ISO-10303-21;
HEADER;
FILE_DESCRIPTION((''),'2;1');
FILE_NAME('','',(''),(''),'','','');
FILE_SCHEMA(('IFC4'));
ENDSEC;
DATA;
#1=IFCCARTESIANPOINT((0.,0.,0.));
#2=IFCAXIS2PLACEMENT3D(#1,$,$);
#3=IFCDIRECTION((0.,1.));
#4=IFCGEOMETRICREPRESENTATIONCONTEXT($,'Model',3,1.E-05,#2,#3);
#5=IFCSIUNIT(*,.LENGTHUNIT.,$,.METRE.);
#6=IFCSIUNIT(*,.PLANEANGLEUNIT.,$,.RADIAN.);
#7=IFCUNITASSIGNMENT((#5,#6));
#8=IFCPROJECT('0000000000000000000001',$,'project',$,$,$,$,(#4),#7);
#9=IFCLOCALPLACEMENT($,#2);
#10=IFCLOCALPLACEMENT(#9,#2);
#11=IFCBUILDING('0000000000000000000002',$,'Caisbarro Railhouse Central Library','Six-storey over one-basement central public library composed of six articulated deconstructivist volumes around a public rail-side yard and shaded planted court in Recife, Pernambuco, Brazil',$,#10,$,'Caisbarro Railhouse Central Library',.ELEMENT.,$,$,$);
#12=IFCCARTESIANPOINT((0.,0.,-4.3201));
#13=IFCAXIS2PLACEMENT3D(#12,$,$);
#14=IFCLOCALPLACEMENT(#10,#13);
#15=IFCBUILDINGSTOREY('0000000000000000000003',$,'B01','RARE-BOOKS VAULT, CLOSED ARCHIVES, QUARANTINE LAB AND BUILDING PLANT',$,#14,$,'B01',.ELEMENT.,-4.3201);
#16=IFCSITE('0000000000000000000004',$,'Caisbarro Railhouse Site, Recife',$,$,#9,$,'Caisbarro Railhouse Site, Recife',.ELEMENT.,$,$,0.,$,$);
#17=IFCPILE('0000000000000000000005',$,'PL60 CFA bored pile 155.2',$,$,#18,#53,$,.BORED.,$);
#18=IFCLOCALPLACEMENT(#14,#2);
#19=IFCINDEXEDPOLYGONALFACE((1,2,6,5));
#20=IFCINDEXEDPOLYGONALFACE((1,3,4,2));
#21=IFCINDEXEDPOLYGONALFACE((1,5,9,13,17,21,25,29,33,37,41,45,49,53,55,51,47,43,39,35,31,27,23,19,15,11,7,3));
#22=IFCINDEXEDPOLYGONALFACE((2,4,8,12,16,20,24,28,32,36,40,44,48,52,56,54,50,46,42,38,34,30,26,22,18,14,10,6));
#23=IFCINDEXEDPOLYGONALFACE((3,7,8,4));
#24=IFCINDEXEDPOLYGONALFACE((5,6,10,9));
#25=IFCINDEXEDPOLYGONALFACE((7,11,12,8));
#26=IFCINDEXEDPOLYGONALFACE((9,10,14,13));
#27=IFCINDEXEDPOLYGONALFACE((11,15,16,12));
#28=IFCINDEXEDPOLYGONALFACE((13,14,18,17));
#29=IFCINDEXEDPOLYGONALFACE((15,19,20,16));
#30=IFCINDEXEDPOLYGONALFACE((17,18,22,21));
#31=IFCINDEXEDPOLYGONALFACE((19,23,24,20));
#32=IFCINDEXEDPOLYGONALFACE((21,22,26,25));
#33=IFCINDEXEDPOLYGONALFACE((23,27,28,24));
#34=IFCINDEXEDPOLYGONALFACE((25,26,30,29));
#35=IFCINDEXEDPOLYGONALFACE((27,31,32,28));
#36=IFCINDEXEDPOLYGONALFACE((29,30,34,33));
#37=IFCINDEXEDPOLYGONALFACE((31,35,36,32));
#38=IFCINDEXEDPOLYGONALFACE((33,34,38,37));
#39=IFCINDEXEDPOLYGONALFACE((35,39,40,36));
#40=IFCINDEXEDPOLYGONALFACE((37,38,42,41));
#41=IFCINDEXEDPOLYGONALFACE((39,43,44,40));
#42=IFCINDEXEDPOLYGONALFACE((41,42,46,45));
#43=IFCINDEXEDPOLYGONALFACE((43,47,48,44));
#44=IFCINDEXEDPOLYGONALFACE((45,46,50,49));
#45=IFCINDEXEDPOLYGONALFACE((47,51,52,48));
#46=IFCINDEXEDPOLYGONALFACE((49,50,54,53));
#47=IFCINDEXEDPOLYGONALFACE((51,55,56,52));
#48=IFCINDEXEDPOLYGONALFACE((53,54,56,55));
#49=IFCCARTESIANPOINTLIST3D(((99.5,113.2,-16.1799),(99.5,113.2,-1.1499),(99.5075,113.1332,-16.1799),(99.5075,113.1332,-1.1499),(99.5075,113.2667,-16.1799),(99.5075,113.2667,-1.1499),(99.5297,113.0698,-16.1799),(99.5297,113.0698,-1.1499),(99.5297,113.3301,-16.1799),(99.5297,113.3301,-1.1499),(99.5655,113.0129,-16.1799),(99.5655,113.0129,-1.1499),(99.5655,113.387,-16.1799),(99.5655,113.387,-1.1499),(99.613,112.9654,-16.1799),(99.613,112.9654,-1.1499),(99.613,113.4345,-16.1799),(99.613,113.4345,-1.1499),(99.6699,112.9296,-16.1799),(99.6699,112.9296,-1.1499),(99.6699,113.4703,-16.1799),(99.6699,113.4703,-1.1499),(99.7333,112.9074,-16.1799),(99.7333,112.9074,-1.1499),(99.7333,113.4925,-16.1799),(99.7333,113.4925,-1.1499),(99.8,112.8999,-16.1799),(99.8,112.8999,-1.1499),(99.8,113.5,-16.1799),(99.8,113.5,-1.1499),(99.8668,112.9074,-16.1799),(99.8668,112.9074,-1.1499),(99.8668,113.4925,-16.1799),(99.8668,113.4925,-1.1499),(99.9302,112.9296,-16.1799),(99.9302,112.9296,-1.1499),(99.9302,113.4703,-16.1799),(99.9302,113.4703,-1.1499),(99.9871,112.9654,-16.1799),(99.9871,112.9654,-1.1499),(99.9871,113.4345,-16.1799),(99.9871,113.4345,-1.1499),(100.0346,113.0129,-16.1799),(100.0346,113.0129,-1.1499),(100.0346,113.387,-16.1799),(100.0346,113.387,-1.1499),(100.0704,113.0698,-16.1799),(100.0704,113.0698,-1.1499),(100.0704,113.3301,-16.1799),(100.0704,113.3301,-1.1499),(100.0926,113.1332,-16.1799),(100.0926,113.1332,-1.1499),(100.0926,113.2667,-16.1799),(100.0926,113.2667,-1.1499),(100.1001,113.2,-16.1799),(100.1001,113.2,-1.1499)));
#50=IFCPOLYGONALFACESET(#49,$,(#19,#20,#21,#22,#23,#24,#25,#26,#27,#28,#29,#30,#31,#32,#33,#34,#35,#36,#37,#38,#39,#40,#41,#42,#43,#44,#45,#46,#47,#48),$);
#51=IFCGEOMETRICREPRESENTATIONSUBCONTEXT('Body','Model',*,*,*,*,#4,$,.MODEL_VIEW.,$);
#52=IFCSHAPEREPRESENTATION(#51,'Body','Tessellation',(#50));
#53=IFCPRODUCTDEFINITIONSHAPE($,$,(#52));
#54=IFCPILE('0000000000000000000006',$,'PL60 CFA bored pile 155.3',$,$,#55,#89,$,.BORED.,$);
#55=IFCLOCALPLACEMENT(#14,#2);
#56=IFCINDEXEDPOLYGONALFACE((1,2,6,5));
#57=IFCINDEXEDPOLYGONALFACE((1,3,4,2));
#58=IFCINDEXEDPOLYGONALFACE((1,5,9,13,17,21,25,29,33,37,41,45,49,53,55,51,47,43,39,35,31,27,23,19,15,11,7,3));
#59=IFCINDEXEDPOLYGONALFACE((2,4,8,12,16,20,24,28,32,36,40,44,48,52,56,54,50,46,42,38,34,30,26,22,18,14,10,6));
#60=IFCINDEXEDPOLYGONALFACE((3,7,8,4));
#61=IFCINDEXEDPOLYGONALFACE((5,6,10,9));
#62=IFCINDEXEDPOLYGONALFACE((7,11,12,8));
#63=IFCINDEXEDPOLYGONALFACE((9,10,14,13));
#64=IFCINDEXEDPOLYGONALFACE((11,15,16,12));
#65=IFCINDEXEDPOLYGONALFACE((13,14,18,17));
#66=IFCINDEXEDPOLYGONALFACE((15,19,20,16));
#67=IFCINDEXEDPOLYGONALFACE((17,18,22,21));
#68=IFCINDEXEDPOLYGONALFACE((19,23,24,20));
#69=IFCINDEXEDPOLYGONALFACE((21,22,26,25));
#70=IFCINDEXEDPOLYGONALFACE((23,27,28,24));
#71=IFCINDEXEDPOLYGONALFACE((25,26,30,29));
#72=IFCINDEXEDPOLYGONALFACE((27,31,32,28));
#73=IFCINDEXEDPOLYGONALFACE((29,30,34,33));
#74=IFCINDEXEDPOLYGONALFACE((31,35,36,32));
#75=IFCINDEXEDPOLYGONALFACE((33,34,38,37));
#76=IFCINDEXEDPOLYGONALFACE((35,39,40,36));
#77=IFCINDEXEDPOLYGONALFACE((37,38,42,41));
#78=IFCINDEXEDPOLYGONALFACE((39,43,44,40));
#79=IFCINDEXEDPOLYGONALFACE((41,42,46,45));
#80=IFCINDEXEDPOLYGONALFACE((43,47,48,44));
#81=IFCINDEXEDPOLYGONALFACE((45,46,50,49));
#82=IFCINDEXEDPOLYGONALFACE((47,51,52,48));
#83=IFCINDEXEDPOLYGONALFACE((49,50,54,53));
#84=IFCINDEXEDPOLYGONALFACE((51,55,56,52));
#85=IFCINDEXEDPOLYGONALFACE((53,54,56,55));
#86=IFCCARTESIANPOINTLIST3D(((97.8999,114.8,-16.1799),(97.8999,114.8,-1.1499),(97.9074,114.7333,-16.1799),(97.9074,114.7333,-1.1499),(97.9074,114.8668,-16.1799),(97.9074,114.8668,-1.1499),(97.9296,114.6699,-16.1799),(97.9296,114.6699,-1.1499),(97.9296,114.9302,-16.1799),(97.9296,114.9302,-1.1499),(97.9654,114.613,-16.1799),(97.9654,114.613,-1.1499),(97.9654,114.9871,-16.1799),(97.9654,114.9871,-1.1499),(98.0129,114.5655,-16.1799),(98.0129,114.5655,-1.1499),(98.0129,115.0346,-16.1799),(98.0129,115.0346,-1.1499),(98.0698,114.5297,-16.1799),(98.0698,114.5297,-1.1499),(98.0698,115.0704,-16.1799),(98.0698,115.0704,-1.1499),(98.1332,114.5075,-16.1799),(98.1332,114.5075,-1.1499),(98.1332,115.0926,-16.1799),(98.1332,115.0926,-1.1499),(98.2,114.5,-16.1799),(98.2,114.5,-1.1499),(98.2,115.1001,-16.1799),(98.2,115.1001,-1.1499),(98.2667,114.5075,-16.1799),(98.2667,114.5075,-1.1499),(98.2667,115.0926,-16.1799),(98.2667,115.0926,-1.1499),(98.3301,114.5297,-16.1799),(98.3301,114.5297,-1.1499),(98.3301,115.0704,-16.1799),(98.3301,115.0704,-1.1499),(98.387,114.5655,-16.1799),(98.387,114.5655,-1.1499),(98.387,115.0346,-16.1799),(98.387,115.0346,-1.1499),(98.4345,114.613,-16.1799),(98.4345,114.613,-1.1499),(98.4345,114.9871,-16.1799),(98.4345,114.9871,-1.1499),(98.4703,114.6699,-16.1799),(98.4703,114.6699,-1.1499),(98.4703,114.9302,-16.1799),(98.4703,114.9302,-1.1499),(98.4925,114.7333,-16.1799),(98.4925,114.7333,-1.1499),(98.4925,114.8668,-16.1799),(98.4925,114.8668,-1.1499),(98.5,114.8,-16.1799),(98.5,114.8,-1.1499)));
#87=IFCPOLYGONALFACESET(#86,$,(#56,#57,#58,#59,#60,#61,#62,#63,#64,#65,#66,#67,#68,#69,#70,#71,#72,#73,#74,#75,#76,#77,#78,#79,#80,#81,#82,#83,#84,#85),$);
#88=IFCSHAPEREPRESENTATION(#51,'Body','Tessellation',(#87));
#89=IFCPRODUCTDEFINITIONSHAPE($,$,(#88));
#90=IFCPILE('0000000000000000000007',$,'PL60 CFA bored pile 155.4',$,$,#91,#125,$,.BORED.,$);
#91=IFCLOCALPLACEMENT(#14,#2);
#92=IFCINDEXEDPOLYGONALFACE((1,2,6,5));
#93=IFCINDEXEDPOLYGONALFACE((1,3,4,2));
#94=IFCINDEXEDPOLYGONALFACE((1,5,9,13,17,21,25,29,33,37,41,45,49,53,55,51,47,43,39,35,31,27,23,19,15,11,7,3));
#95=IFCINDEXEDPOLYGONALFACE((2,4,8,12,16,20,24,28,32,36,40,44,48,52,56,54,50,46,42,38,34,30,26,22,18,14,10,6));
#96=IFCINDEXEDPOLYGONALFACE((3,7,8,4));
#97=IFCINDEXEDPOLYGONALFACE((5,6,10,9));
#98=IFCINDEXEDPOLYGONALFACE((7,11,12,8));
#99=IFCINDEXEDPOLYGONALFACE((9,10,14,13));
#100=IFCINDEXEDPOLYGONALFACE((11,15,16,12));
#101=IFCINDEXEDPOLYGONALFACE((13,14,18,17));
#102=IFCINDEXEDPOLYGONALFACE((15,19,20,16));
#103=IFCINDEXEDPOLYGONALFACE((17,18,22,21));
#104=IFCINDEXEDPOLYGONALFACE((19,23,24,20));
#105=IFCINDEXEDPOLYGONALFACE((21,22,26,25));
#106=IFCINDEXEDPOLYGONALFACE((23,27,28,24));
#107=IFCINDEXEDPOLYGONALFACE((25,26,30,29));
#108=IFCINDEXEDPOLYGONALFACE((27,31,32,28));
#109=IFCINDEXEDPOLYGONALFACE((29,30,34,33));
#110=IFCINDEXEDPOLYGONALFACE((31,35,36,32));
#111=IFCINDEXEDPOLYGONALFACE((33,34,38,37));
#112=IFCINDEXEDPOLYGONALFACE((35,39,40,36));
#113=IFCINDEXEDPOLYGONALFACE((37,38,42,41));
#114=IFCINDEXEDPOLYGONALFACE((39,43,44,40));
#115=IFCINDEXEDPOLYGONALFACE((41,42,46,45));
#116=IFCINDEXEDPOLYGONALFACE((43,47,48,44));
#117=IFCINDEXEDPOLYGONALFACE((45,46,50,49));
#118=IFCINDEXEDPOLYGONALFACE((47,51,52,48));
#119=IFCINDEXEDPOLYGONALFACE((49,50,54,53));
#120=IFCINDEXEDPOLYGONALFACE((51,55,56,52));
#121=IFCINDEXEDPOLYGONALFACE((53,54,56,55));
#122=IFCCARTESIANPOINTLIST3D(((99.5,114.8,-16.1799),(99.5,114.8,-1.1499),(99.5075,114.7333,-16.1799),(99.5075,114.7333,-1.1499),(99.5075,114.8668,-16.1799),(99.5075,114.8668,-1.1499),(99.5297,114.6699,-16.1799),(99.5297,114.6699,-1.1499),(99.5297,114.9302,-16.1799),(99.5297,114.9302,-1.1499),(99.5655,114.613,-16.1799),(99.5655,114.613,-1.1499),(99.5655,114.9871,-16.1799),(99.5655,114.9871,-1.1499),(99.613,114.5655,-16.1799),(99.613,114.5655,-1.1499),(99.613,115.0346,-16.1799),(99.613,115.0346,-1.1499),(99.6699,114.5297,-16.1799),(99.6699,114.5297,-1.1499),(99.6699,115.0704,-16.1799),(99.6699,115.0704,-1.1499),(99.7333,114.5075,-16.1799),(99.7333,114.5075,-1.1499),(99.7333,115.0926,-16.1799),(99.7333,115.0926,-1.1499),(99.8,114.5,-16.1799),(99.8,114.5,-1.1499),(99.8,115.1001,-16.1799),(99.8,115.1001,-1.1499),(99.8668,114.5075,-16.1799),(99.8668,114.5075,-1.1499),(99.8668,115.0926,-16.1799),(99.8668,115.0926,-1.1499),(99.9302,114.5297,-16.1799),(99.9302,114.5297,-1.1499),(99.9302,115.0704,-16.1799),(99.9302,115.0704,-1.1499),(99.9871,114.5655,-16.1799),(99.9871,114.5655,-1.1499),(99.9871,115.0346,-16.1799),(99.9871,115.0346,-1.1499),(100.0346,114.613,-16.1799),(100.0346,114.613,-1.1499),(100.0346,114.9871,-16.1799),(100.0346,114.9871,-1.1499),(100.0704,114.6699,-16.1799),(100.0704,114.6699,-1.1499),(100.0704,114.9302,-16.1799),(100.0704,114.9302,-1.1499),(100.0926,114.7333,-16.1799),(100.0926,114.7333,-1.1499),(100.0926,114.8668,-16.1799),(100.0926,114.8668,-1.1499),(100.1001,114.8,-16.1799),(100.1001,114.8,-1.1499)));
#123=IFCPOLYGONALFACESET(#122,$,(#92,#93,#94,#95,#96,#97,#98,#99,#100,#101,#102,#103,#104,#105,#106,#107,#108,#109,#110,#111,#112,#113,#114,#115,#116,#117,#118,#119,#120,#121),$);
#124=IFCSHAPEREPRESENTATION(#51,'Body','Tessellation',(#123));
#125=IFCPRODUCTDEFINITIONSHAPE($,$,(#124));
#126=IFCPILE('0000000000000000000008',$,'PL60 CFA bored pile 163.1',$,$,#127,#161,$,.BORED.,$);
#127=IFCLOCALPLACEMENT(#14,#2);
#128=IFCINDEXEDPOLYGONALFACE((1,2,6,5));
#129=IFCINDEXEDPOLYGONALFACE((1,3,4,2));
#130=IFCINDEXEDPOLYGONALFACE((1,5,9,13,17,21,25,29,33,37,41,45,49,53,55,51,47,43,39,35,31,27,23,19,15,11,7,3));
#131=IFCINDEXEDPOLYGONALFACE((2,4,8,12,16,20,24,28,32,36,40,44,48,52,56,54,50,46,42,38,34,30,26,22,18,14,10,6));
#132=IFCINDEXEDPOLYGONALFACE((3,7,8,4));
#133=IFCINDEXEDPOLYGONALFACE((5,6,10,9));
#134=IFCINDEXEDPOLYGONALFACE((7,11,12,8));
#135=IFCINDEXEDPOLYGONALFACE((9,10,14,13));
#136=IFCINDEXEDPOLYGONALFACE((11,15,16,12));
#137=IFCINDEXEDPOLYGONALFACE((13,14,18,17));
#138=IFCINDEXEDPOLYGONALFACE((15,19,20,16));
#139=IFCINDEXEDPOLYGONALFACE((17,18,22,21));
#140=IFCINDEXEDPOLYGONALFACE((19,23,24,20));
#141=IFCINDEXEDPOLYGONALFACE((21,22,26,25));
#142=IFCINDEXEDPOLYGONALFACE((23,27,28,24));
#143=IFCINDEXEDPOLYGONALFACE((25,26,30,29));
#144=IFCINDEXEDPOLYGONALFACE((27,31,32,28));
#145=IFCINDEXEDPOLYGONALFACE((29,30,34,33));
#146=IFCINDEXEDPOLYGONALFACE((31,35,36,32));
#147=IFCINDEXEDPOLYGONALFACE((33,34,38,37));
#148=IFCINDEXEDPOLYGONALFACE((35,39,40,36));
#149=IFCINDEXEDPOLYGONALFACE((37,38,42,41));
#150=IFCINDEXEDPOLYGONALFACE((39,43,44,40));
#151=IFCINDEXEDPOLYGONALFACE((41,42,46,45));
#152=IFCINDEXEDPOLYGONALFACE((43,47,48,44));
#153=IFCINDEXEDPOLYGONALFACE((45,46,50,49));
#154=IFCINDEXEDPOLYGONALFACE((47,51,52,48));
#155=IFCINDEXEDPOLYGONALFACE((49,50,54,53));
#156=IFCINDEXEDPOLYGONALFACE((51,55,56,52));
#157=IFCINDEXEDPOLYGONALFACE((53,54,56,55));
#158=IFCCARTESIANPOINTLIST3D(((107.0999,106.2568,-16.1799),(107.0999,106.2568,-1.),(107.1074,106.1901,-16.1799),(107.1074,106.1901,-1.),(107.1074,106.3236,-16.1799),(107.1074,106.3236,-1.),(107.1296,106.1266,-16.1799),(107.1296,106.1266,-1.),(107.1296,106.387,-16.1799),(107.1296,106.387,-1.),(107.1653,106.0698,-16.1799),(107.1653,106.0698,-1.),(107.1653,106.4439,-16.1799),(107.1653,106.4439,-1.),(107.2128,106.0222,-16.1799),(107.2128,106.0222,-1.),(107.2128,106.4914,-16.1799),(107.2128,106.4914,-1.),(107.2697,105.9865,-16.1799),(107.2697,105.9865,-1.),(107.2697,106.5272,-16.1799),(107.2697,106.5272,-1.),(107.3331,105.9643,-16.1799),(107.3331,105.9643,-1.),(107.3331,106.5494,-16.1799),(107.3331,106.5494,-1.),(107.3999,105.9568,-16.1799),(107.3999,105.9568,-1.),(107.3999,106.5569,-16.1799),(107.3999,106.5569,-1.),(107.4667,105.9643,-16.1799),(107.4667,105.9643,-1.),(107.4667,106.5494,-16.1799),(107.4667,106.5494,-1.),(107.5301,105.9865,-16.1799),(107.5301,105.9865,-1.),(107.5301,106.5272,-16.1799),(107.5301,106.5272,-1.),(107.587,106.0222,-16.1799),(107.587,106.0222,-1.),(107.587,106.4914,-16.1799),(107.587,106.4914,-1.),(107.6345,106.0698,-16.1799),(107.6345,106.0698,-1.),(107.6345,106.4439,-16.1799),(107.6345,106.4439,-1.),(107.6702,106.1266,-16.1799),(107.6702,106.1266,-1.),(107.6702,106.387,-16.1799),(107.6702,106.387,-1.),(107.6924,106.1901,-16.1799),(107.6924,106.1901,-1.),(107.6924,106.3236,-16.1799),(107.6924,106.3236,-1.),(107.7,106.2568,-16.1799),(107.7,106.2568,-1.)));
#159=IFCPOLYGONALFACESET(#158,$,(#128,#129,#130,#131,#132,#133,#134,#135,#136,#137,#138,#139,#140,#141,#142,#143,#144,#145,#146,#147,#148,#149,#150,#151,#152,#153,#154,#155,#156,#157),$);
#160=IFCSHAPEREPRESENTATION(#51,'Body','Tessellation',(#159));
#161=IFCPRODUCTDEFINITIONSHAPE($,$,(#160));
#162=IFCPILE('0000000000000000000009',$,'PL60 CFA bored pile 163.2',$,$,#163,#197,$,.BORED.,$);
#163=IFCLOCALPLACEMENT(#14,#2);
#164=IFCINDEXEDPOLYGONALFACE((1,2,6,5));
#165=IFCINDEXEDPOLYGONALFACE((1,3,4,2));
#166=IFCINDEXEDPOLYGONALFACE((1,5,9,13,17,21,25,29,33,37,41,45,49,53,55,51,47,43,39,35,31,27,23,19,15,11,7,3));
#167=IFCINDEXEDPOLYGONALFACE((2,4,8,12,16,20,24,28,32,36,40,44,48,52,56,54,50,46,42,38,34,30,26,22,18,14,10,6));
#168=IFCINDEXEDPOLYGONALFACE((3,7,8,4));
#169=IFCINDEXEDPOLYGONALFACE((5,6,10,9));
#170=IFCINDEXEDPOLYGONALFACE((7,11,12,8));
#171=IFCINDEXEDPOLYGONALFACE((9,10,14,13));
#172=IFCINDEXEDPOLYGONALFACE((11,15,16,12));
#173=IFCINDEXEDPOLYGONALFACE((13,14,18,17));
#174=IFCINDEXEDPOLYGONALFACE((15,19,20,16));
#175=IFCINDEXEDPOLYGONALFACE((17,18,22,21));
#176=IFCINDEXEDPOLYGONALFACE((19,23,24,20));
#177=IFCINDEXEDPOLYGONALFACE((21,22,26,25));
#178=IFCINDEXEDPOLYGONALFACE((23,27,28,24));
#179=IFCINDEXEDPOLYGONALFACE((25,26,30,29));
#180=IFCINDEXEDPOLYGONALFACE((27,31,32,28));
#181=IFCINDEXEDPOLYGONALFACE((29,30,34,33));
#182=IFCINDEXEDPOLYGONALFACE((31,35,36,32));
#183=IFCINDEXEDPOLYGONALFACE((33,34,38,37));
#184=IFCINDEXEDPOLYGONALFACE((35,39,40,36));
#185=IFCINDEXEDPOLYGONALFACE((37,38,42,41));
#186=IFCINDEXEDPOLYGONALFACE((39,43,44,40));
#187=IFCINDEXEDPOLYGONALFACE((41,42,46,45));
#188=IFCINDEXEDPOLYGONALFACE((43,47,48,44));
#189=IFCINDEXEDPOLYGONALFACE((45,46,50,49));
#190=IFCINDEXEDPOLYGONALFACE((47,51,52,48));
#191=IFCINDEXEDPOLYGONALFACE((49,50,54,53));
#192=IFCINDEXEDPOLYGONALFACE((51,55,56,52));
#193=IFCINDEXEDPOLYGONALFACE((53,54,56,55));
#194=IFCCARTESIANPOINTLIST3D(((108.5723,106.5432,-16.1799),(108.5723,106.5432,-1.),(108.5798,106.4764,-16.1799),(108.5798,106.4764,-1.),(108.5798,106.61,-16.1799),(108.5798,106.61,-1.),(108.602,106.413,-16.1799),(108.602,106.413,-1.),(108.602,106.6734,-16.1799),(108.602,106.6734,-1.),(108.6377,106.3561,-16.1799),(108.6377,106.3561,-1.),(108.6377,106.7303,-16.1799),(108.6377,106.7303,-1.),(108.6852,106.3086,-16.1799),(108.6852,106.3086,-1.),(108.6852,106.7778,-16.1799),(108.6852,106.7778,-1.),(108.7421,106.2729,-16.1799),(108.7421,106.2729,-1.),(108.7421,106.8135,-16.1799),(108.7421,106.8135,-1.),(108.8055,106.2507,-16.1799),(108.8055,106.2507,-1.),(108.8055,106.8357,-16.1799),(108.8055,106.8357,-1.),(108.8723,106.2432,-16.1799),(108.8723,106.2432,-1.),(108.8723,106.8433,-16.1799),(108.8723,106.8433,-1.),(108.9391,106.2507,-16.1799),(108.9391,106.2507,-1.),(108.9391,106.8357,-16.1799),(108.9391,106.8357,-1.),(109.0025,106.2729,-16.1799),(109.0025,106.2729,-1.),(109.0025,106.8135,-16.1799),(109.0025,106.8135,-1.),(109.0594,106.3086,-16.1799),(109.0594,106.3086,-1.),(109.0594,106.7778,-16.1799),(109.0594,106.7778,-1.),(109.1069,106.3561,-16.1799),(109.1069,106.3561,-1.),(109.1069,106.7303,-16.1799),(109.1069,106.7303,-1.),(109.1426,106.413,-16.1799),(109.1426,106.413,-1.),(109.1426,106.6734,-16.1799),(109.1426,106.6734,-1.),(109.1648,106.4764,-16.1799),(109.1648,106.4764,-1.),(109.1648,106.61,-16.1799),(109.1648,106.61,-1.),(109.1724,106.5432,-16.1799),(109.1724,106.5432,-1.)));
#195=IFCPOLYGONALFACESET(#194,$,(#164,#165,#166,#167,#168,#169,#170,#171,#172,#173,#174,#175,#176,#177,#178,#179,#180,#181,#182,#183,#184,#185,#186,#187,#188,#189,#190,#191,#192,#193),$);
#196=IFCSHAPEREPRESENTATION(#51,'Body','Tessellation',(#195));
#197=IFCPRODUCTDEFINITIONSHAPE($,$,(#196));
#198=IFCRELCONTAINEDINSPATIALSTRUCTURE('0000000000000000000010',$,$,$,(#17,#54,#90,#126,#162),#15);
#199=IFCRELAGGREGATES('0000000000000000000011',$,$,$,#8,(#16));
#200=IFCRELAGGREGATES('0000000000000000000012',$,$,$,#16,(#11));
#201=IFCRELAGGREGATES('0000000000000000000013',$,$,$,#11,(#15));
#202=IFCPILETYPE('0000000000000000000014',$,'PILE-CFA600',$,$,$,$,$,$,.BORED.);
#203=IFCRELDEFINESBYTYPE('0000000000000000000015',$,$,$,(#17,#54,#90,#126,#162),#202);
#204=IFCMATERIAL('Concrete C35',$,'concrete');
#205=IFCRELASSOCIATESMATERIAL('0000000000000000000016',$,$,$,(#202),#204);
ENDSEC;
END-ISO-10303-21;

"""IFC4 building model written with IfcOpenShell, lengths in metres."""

from ifc_helpers import new_model, si_unit, direction, frame, origin, origin_2d, place, context, subcontext, project, spatial, circle, extrude, material, material_profile, profile_set, type_object, element, save


model = new_model("IFC4")

# Units and contexts
model_context = context("Model", 3, precision=1e-05, world=origin(), true_north=direction((0.0, 1.0)))
body_context = subcontext(model_context, "Body", "Model", "MODEL_VIEW")
ifc_project = project(units=[si_unit("LENGTHUNIT", "METRE"), si_unit("PLANEANGLEUNIT", "RADIAN")], contexts=[model_context])

# Site, building, storey
site_placement = place(None, origin())
site = spatial("IfcSite", under=ifc_project, at=site_placement, Name="Caisbarro Railhouse Site, Recife", LongName="Caisbarro Railhouse Site, Recife", CompositionType="ELEMENT", RefElevation=0.0)
building_placement = place(site_placement, origin())
building = spatial("IfcBuilding", under=site, at=building_placement, Name="Caisbarro Railhouse Central Library", Description="Six-storey over one-basement central public library composed of six articulated deconstructivist volumes around a public rail-side yard and shaded planted court in Recife, Pernambuco, Brazil", LongName="Caisbarro Railhouse Central Library", CompositionType="ELEMENT")
storey_placement = place(building_placement, frame((0.0, 0.0, -4.3201)))
storey = spatial("IfcBuildingStorey", under=building, at=storey_placement, Name="B01", Description="RARE-BOOKS VAULT, CLOSED ARCHIVES, QUARANTINE LAB AND BUILDING PLANT", LongName="B01", CompositionType="ELEMENT", Elevation=-4.3201)

# Shared definitions
ifc_material_1 = material(Name="Concrete C35", Category="concrete")

# Piles
ifc_material_profile_1 = material_profile(ifc_material_1, circle(Radius=0.3, at=origin_2d()), Name="PILE-CFA-600")
ifc_profile_set_1 = profile_set([ifc_material_profile_1], Name="Concrete C35")
pile_type_1 = type_object("IfcPileType", Name="PILE-CFA600", PredefinedType="BORED", material=ifc_profile_set_1)
for number, where, z_axis, x_axis, name in (
    (1, (99.8, 113.2, -1.1499), (0.0, 0.0, -1.0), (1.0, 0.0, 0.0), "PL60 CFA bored pile 155.2"),
    (2, (98.2, 114.8, -1.1499), (0.0, 0.0, -1.0), (1.0, 0.0, 0.0), "PL60 CFA bored pile 155.3"),
    (3, (99.8, 114.8, -1.1499), (0.0, 0.0, -1.0), (1.0, 0.0, 0.0), "PL60 CFA bored pile 155.4"),
):
    element("IfcPile", number, at=place(storey_placement, frame(where, z_axis=z_axis, x_axis=x_axis)), inside=storey, type_object=pile_type_1, Name=name, PredefinedType="BORED", context=body_context, shape_type="SweptSolid", body=[
        extrude(circle(Radius=0.3, at=origin_2d()), origin(), (0.0, 0.0, 1.0), 15.03),
    ])
for number, where, z_axis, x_axis, name in (
    (4, (107.3999, 106.2568, -1.0), (0.0, 0.0, -1.0), (1.0, 0.0, 0.0), "PL60 CFA bored pile 163.1"),
    (5, (108.8723, 106.5432, -1.0), (0.0, 0.0, -1.0), (1.0, 0.0, 0.0), "PL60 CFA bored pile 163.2"),
):
    element("IfcPile", number, at=place(storey_placement, frame(where, z_axis=z_axis, x_axis=x_axis)), inside=storey, type_object=pile_type_1, Name=name, PredefinedType="BORED", context=body_context, shape_type="SweptSolid", body=[
        extrude(circle(Radius=0.3, at=origin_2d()), origin(), (0.0, 0.0, 1.0), 15.1799),
    ])

save(model, "model.ifc")
